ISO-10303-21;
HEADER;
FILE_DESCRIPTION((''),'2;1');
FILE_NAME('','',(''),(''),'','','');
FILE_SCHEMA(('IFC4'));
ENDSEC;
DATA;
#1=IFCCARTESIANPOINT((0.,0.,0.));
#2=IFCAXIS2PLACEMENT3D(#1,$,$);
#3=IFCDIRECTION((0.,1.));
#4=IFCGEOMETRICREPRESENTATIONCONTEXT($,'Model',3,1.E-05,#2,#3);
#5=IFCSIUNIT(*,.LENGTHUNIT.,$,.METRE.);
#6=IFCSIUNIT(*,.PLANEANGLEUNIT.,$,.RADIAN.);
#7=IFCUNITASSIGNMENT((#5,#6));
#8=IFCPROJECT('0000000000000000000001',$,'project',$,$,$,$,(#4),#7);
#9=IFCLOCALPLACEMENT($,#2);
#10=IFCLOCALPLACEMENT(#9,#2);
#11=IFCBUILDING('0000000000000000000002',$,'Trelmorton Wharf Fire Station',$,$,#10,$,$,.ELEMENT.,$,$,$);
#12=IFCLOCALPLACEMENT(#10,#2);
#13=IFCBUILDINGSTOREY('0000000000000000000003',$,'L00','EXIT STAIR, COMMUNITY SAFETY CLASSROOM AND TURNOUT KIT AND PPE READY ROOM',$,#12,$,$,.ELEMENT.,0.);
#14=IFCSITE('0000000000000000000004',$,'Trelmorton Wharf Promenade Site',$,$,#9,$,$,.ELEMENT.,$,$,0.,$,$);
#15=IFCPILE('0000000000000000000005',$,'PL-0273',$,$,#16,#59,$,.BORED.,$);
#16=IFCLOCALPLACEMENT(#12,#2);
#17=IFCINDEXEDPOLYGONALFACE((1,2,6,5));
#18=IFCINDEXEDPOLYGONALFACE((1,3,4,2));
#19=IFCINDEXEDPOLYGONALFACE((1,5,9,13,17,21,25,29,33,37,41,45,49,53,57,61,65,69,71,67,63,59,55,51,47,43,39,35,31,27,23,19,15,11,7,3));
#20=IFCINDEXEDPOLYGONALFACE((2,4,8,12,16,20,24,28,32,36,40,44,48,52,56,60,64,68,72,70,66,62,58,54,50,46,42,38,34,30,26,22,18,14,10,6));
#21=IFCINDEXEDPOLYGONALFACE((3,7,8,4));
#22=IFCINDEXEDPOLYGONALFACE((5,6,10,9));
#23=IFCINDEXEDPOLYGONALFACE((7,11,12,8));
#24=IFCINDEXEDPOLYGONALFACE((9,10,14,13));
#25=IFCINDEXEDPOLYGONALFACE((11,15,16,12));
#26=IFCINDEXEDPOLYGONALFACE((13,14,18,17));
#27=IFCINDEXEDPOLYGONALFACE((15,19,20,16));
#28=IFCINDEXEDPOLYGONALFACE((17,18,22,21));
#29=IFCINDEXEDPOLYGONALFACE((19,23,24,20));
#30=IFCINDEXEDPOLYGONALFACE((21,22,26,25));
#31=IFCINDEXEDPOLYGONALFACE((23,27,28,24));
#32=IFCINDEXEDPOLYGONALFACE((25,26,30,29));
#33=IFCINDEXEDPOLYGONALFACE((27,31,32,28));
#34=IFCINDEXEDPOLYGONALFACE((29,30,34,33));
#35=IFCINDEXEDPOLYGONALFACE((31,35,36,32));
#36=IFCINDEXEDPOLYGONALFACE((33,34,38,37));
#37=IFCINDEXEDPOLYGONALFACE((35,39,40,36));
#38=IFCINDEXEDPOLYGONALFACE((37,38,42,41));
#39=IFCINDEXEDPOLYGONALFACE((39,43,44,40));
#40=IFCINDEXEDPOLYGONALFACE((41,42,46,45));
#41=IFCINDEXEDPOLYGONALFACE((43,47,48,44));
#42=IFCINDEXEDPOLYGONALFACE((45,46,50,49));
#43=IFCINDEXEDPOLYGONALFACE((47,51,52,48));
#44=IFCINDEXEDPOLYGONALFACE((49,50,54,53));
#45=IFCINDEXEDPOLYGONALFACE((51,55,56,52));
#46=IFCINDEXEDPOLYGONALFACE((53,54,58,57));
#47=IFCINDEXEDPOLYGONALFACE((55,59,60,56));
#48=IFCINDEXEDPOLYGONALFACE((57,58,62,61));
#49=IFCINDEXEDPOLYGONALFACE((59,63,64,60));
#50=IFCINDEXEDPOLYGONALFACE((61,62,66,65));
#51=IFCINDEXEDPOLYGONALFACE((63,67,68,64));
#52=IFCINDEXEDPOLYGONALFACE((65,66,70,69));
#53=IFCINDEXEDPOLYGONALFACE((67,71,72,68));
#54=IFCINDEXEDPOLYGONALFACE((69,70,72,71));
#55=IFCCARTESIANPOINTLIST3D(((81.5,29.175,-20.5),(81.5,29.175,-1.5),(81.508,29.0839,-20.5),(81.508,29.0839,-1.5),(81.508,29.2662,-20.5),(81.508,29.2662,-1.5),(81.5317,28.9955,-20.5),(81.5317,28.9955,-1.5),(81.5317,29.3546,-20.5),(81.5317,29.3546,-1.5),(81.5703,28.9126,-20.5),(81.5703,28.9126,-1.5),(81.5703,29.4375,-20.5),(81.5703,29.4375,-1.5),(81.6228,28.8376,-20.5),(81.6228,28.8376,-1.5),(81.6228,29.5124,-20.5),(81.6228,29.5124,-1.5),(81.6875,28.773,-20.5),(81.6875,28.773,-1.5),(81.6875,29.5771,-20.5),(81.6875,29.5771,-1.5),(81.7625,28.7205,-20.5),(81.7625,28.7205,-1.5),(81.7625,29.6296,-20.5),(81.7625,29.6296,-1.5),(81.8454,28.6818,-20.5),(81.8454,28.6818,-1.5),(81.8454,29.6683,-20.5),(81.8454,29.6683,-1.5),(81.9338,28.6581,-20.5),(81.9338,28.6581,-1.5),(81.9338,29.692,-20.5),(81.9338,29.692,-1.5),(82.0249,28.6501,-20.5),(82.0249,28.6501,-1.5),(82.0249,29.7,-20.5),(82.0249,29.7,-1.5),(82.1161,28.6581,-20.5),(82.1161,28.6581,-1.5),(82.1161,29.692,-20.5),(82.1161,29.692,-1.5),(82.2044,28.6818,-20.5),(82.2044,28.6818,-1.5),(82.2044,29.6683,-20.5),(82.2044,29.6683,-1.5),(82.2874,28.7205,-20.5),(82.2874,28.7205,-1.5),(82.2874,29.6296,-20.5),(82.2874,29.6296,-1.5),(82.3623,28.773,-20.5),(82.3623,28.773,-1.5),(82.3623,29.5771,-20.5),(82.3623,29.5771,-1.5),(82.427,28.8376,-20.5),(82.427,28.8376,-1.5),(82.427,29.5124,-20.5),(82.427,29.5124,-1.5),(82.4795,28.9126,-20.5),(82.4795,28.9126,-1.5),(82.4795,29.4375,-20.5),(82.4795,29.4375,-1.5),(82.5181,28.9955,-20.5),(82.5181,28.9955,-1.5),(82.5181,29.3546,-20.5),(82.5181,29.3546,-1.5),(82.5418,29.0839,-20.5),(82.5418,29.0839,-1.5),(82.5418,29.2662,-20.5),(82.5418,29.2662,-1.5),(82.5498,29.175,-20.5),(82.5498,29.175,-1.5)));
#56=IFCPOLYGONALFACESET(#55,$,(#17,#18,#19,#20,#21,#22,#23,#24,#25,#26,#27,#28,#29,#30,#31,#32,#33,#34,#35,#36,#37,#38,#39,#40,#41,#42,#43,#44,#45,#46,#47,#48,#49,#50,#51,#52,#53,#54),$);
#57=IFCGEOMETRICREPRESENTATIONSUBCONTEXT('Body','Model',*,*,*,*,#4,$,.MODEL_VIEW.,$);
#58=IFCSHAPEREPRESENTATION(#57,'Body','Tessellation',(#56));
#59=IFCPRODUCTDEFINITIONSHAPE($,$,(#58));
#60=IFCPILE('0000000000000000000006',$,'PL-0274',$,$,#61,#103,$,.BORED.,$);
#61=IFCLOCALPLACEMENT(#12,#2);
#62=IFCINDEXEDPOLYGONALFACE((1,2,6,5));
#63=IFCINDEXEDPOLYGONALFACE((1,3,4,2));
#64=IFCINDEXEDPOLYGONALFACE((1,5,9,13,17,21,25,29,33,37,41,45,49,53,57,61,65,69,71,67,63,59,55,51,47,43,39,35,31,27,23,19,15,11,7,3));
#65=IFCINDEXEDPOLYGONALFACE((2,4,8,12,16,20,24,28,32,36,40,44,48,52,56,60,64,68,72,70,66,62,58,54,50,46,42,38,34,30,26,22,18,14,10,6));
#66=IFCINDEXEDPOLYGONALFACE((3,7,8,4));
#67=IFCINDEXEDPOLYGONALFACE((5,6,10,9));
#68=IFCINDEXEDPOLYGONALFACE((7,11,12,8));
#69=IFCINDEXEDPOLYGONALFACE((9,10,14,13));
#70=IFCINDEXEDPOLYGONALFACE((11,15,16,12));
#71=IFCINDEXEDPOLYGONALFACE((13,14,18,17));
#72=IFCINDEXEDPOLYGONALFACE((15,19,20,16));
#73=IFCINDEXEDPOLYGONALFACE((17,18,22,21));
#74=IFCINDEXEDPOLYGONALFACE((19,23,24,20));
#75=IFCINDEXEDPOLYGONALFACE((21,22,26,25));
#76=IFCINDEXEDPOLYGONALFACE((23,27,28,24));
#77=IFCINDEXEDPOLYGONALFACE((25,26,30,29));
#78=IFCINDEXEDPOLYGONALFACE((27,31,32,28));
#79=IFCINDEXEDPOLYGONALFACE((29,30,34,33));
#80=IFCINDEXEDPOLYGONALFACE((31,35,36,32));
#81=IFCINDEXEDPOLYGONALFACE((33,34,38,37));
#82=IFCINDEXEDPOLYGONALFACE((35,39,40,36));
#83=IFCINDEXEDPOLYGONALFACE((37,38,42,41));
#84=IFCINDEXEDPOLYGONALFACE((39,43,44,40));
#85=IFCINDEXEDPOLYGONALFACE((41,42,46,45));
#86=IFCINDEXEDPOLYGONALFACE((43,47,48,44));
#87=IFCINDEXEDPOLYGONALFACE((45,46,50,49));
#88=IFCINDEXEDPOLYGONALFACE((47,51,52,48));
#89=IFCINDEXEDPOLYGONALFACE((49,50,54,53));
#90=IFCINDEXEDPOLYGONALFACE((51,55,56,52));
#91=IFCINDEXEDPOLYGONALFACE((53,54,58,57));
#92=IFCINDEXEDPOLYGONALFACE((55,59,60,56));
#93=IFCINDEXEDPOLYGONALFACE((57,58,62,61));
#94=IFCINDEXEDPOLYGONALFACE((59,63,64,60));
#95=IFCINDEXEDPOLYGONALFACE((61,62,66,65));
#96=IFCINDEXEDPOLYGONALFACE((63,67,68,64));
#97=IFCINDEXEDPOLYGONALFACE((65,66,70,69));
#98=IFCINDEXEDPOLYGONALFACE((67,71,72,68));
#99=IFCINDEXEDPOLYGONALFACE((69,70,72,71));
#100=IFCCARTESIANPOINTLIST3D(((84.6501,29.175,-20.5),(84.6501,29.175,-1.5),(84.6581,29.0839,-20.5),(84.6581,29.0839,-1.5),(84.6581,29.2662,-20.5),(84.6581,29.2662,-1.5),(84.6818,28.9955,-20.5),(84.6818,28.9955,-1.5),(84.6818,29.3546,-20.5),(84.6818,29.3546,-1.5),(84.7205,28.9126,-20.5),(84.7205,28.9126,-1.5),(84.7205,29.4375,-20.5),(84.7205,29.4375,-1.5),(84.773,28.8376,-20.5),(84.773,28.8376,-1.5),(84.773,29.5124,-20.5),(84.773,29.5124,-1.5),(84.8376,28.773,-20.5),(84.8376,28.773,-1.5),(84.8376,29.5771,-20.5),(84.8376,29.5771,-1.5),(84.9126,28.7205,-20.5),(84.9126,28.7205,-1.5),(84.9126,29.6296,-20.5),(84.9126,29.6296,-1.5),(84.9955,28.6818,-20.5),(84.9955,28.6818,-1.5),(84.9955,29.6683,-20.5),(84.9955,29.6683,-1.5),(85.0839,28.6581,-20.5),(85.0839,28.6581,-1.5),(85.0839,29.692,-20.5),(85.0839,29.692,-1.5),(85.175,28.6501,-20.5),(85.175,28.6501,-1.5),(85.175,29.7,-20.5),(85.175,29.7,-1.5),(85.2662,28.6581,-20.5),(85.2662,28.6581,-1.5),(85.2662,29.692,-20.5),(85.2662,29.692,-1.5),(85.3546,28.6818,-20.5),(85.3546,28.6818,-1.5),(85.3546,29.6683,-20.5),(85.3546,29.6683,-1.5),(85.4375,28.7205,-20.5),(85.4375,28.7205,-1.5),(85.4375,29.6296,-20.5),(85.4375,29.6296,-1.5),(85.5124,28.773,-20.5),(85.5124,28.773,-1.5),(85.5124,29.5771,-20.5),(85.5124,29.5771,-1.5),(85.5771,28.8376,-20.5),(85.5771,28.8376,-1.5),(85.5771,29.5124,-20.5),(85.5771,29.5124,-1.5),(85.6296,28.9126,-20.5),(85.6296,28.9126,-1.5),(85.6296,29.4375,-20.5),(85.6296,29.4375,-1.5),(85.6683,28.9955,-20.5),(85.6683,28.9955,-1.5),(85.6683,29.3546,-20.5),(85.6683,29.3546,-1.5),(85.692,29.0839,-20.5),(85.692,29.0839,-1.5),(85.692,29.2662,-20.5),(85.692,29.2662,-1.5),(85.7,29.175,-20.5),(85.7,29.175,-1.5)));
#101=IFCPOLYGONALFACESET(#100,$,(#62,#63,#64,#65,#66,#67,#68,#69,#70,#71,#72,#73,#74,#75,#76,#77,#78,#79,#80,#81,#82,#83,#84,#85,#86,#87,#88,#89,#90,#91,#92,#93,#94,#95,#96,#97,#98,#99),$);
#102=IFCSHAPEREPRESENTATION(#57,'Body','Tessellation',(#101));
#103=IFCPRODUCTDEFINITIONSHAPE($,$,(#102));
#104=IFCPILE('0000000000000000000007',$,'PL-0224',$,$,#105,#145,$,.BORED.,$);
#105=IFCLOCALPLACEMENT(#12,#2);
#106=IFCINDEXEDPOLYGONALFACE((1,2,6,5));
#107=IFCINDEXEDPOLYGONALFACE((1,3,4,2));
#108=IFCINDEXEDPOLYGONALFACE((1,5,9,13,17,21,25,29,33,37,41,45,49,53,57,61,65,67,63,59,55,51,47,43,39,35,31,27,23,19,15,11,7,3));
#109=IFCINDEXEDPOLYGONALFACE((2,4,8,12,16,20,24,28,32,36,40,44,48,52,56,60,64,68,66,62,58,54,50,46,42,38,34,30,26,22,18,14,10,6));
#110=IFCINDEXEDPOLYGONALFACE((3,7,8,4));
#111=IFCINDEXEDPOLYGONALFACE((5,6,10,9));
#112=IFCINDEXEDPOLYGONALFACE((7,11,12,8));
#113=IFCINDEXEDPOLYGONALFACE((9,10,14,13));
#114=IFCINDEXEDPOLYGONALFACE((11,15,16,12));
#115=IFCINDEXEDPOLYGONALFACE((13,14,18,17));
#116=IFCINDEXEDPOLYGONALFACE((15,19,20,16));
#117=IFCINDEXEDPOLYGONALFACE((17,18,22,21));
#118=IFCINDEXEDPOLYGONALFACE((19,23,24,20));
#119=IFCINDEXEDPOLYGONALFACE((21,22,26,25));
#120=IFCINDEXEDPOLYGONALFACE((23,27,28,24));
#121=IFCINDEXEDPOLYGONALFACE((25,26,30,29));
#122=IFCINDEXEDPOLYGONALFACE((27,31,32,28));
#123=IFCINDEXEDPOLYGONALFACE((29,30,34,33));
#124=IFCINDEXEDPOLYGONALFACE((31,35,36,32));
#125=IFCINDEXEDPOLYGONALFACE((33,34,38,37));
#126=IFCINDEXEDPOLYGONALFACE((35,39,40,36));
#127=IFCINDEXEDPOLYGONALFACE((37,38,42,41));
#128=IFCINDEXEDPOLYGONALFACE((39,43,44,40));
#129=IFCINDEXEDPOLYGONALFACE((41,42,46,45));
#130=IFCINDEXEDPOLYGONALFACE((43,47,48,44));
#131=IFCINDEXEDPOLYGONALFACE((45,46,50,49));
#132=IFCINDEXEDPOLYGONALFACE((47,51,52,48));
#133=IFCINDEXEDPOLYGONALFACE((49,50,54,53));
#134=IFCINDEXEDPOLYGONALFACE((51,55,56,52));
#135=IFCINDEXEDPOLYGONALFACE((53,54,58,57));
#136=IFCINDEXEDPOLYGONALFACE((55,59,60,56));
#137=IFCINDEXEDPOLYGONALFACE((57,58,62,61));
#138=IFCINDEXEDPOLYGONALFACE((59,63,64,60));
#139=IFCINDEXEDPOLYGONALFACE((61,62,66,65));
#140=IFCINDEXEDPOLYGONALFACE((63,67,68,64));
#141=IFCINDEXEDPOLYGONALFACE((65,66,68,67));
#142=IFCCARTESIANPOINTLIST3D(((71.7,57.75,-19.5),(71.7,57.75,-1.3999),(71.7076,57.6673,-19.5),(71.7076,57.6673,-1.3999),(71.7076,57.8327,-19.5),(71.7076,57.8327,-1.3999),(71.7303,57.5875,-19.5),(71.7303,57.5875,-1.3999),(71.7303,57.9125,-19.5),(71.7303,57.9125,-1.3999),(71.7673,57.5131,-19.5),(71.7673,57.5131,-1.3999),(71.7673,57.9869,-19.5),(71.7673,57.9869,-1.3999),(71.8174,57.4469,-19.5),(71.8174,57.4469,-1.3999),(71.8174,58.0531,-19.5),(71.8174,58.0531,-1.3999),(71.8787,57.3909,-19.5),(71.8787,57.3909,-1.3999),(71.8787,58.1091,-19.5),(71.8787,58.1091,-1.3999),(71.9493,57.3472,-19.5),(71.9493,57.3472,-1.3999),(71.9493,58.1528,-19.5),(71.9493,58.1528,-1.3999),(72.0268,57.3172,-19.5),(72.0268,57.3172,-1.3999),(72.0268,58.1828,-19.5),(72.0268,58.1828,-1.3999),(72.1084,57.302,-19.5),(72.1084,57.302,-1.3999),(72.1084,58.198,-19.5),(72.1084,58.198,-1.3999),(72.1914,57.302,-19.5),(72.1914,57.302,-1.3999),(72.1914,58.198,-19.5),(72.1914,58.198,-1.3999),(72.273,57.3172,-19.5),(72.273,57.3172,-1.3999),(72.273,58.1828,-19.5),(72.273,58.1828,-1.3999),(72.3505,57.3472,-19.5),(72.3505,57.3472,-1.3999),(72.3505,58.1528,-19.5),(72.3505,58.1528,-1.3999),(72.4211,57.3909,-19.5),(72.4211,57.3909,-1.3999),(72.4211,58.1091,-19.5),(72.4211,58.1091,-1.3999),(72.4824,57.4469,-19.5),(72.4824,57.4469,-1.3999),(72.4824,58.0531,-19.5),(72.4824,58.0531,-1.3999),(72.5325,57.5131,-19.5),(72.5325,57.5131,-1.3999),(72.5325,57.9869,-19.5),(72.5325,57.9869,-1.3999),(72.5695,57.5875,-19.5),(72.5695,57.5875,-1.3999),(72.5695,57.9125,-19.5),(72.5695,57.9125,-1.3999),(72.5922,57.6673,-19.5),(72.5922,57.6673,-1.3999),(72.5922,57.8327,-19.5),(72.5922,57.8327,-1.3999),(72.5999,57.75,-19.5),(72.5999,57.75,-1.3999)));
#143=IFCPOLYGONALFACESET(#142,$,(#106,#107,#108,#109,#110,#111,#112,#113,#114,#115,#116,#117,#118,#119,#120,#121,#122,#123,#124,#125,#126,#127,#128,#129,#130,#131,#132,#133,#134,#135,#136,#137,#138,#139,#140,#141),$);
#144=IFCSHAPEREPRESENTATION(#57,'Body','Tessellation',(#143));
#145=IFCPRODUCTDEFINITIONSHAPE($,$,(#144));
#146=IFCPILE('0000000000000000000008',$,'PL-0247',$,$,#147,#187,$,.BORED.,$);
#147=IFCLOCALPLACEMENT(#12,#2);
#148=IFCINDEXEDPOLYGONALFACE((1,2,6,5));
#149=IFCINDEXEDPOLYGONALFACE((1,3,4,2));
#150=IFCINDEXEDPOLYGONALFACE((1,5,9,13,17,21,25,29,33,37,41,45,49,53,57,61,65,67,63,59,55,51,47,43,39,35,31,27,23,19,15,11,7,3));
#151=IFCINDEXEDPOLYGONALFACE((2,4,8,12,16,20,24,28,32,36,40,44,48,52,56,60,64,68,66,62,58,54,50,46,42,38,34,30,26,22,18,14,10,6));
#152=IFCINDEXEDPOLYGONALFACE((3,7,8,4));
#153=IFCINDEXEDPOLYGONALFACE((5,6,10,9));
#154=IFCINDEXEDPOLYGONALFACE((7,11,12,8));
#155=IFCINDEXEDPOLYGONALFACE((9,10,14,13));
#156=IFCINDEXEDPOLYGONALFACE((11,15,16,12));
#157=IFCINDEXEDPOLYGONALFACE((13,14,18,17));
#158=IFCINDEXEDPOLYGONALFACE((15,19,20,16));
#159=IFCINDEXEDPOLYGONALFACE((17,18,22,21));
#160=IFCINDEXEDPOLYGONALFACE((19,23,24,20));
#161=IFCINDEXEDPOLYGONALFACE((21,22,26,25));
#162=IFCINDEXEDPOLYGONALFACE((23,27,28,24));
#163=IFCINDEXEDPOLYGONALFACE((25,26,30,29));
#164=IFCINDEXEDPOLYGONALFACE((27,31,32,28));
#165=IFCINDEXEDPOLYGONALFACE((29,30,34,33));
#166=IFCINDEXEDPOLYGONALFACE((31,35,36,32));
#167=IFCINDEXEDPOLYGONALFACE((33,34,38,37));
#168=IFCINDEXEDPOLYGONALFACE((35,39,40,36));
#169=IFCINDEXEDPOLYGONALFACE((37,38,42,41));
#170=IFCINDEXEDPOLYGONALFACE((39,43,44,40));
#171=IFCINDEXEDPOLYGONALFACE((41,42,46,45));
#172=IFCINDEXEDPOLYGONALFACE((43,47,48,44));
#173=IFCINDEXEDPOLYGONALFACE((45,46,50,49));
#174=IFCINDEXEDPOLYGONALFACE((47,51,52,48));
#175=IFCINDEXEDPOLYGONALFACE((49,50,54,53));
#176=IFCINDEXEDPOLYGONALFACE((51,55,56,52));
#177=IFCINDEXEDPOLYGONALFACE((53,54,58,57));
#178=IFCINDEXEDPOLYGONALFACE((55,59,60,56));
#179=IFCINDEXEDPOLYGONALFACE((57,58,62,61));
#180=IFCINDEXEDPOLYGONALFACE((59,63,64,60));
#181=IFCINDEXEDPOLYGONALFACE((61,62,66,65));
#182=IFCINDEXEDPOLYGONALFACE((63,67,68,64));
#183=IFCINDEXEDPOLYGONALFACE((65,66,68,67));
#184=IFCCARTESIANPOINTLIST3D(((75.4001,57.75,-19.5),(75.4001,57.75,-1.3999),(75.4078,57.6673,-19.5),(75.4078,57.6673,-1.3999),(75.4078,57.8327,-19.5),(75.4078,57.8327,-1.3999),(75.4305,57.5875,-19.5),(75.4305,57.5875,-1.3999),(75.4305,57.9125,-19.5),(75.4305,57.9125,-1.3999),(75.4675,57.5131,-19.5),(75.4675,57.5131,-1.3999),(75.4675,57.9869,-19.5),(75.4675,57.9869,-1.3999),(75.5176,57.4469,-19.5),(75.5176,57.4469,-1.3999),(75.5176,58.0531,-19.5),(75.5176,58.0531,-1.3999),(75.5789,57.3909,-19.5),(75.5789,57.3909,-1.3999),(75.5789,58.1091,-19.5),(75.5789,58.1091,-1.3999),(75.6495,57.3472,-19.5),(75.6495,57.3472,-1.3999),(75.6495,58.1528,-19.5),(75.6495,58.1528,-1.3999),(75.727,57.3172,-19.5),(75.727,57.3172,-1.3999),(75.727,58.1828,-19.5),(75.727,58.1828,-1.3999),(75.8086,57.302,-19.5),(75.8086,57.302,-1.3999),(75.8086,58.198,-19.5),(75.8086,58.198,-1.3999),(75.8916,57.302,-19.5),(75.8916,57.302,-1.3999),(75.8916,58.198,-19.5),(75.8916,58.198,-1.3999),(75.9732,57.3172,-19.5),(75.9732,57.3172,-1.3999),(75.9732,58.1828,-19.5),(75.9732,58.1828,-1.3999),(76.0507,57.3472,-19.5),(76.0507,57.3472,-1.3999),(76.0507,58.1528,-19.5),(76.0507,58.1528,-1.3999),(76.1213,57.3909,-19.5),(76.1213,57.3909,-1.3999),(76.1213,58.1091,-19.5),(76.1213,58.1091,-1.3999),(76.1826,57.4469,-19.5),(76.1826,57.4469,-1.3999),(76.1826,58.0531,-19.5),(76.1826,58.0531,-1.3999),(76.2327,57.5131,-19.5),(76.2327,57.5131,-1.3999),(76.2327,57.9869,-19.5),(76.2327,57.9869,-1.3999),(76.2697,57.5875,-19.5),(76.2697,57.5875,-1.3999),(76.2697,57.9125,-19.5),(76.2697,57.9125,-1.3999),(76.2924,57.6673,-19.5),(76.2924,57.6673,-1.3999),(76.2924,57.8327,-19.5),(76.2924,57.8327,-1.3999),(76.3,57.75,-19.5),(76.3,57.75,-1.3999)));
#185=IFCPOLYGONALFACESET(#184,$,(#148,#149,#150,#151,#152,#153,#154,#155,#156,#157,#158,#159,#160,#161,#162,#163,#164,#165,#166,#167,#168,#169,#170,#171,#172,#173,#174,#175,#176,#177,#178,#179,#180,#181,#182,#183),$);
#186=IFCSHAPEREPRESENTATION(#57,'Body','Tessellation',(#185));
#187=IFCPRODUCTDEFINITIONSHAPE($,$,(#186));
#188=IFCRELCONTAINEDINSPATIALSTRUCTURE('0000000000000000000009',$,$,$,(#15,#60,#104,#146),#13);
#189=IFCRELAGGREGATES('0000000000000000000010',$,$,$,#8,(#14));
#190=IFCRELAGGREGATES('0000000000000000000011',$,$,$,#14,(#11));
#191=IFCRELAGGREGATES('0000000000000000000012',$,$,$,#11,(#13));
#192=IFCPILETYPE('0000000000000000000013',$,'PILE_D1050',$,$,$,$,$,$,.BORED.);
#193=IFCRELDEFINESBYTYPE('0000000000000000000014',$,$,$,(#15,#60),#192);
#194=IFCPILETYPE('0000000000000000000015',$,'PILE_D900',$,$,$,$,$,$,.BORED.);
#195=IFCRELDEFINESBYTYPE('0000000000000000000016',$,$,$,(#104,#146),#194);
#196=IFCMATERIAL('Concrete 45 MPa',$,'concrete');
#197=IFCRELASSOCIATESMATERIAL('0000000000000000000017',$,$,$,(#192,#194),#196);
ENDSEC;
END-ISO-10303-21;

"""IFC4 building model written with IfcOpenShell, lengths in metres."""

from ifc_helpers import new_model, si_unit, direction, frame, origin, origin_2d, place, context, subcontext, project, spatial, circle, extrude, material, material_profile, profile_set, type_object, element, save


model = new_model("IFC4")

# Units and contexts
model_context = context("Model", 3, precision=1e-05, world=origin(), true_north=direction((0.0, 1.0)))
body_context = subcontext(model_context, "Body", "Model", "MODEL_VIEW")
ifc_project = project(units=[si_unit("LENGTHUNIT", "METRE"), si_unit("PLANEANGLEUNIT", "RADIAN")], contexts=[model_context])

# Site, building, storey
site_placement = place(None, origin())
site = spatial("IfcSite", under=ifc_project, at=site_placement, Name="Trelmorton Wharf Promenade Site", CompositionType="ELEMENT", RefElevation=0.0)
building_placement = place(site_placement, origin())
building = spatial("IfcBuilding", under=site, at=building_placement, Name="Trelmorton Wharf Fire Station", CompositionType="ELEMENT")
storey_placement = place(building_placement, origin())
storey = spatial("IfcBuildingStorey", under=building, at=storey_placement, Name="L00", Description="EXIT STAIR, COMMUNITY SAFETY CLASSROOM AND TURNOUT KIT AND PPE READY ROOM", CompositionType="ELEMENT", Elevation=0.0)

# Piles
ifc_material_1 = material(Name="Concrete 45 MPa", Category="concrete")
ifc_material_profile_1 = material_profile(ifc_material_1, circle(Radius=0.5249, at=origin_2d()), Name="PILE-D1050")
ifc_profile_set_1 = profile_set([ifc_material_profile_1], Name="Concrete 45 MPa")
pile_type_1 = type_object("IfcPileType", Name="PILE_D1050", PredefinedType="BORED", material=ifc_profile_set_1)
for number, where, z_axis, x_axis, name in (
    (1, (82.0249, 29.175, -1.5), (0.0, 0.0, -1.0), (1.0, 0.0, 0.0), "PL-0273"),
    (2, (85.175, 29.175, -1.5), (0.0, 0.0, -1.0), (1.0, 0.0, 0.0), "PL-0274"),
):
    element("IfcPile", number, at=place(storey_placement, frame(where, z_axis=z_axis, x_axis=x_axis)), inside=storey, type_object=pile_type_1, Name=name, PredefinedType="BORED", context=body_context, shape_type="SweptSolid", body=[
        extrude(circle(Radius=0.5249, at=origin_2d()), origin(), (0.0, 0.0, 1.0), 19.0),
    ])
ifc_material_profile_2 = material_profile(ifc_material_1, circle(Radius=0.45, at=origin_2d()), Name="PILE-D900")
ifc_profile_set_2 = profile_set([ifc_material_profile_2], Name="Concrete 45 MPa")
pile_type_2 = type_object("IfcPileType", Name="PILE_D900", PredefinedType="BORED", material=ifc_profile_set_2)
for number, where, z_axis, x_axis, name in (
    (3, (72.1499, 57.75, -1.3999), (0.0, 0.0, -1.0), (1.0, 0.0, 0.0), "PL-0224"),
    (4, (75.8501, 57.75, -1.3999), (0.0, 0.0, -1.0), (1.0, 0.0, 0.0), "PL-0247"),
):
    element("IfcPile", number, at=place(storey_placement, frame(where, z_axis=z_axis, x_axis=x_axis)), inside=storey, type_object=pile_type_2, Name=name, PredefinedType="BORED", context=body_context, shape_type="SweptSolid", body=[
        extrude(circle(Radius=0.45, at=origin_2d()), origin(), (0.0, 0.0, 1.0), 18.1001),
    ])

save(model, "model.ifc")
